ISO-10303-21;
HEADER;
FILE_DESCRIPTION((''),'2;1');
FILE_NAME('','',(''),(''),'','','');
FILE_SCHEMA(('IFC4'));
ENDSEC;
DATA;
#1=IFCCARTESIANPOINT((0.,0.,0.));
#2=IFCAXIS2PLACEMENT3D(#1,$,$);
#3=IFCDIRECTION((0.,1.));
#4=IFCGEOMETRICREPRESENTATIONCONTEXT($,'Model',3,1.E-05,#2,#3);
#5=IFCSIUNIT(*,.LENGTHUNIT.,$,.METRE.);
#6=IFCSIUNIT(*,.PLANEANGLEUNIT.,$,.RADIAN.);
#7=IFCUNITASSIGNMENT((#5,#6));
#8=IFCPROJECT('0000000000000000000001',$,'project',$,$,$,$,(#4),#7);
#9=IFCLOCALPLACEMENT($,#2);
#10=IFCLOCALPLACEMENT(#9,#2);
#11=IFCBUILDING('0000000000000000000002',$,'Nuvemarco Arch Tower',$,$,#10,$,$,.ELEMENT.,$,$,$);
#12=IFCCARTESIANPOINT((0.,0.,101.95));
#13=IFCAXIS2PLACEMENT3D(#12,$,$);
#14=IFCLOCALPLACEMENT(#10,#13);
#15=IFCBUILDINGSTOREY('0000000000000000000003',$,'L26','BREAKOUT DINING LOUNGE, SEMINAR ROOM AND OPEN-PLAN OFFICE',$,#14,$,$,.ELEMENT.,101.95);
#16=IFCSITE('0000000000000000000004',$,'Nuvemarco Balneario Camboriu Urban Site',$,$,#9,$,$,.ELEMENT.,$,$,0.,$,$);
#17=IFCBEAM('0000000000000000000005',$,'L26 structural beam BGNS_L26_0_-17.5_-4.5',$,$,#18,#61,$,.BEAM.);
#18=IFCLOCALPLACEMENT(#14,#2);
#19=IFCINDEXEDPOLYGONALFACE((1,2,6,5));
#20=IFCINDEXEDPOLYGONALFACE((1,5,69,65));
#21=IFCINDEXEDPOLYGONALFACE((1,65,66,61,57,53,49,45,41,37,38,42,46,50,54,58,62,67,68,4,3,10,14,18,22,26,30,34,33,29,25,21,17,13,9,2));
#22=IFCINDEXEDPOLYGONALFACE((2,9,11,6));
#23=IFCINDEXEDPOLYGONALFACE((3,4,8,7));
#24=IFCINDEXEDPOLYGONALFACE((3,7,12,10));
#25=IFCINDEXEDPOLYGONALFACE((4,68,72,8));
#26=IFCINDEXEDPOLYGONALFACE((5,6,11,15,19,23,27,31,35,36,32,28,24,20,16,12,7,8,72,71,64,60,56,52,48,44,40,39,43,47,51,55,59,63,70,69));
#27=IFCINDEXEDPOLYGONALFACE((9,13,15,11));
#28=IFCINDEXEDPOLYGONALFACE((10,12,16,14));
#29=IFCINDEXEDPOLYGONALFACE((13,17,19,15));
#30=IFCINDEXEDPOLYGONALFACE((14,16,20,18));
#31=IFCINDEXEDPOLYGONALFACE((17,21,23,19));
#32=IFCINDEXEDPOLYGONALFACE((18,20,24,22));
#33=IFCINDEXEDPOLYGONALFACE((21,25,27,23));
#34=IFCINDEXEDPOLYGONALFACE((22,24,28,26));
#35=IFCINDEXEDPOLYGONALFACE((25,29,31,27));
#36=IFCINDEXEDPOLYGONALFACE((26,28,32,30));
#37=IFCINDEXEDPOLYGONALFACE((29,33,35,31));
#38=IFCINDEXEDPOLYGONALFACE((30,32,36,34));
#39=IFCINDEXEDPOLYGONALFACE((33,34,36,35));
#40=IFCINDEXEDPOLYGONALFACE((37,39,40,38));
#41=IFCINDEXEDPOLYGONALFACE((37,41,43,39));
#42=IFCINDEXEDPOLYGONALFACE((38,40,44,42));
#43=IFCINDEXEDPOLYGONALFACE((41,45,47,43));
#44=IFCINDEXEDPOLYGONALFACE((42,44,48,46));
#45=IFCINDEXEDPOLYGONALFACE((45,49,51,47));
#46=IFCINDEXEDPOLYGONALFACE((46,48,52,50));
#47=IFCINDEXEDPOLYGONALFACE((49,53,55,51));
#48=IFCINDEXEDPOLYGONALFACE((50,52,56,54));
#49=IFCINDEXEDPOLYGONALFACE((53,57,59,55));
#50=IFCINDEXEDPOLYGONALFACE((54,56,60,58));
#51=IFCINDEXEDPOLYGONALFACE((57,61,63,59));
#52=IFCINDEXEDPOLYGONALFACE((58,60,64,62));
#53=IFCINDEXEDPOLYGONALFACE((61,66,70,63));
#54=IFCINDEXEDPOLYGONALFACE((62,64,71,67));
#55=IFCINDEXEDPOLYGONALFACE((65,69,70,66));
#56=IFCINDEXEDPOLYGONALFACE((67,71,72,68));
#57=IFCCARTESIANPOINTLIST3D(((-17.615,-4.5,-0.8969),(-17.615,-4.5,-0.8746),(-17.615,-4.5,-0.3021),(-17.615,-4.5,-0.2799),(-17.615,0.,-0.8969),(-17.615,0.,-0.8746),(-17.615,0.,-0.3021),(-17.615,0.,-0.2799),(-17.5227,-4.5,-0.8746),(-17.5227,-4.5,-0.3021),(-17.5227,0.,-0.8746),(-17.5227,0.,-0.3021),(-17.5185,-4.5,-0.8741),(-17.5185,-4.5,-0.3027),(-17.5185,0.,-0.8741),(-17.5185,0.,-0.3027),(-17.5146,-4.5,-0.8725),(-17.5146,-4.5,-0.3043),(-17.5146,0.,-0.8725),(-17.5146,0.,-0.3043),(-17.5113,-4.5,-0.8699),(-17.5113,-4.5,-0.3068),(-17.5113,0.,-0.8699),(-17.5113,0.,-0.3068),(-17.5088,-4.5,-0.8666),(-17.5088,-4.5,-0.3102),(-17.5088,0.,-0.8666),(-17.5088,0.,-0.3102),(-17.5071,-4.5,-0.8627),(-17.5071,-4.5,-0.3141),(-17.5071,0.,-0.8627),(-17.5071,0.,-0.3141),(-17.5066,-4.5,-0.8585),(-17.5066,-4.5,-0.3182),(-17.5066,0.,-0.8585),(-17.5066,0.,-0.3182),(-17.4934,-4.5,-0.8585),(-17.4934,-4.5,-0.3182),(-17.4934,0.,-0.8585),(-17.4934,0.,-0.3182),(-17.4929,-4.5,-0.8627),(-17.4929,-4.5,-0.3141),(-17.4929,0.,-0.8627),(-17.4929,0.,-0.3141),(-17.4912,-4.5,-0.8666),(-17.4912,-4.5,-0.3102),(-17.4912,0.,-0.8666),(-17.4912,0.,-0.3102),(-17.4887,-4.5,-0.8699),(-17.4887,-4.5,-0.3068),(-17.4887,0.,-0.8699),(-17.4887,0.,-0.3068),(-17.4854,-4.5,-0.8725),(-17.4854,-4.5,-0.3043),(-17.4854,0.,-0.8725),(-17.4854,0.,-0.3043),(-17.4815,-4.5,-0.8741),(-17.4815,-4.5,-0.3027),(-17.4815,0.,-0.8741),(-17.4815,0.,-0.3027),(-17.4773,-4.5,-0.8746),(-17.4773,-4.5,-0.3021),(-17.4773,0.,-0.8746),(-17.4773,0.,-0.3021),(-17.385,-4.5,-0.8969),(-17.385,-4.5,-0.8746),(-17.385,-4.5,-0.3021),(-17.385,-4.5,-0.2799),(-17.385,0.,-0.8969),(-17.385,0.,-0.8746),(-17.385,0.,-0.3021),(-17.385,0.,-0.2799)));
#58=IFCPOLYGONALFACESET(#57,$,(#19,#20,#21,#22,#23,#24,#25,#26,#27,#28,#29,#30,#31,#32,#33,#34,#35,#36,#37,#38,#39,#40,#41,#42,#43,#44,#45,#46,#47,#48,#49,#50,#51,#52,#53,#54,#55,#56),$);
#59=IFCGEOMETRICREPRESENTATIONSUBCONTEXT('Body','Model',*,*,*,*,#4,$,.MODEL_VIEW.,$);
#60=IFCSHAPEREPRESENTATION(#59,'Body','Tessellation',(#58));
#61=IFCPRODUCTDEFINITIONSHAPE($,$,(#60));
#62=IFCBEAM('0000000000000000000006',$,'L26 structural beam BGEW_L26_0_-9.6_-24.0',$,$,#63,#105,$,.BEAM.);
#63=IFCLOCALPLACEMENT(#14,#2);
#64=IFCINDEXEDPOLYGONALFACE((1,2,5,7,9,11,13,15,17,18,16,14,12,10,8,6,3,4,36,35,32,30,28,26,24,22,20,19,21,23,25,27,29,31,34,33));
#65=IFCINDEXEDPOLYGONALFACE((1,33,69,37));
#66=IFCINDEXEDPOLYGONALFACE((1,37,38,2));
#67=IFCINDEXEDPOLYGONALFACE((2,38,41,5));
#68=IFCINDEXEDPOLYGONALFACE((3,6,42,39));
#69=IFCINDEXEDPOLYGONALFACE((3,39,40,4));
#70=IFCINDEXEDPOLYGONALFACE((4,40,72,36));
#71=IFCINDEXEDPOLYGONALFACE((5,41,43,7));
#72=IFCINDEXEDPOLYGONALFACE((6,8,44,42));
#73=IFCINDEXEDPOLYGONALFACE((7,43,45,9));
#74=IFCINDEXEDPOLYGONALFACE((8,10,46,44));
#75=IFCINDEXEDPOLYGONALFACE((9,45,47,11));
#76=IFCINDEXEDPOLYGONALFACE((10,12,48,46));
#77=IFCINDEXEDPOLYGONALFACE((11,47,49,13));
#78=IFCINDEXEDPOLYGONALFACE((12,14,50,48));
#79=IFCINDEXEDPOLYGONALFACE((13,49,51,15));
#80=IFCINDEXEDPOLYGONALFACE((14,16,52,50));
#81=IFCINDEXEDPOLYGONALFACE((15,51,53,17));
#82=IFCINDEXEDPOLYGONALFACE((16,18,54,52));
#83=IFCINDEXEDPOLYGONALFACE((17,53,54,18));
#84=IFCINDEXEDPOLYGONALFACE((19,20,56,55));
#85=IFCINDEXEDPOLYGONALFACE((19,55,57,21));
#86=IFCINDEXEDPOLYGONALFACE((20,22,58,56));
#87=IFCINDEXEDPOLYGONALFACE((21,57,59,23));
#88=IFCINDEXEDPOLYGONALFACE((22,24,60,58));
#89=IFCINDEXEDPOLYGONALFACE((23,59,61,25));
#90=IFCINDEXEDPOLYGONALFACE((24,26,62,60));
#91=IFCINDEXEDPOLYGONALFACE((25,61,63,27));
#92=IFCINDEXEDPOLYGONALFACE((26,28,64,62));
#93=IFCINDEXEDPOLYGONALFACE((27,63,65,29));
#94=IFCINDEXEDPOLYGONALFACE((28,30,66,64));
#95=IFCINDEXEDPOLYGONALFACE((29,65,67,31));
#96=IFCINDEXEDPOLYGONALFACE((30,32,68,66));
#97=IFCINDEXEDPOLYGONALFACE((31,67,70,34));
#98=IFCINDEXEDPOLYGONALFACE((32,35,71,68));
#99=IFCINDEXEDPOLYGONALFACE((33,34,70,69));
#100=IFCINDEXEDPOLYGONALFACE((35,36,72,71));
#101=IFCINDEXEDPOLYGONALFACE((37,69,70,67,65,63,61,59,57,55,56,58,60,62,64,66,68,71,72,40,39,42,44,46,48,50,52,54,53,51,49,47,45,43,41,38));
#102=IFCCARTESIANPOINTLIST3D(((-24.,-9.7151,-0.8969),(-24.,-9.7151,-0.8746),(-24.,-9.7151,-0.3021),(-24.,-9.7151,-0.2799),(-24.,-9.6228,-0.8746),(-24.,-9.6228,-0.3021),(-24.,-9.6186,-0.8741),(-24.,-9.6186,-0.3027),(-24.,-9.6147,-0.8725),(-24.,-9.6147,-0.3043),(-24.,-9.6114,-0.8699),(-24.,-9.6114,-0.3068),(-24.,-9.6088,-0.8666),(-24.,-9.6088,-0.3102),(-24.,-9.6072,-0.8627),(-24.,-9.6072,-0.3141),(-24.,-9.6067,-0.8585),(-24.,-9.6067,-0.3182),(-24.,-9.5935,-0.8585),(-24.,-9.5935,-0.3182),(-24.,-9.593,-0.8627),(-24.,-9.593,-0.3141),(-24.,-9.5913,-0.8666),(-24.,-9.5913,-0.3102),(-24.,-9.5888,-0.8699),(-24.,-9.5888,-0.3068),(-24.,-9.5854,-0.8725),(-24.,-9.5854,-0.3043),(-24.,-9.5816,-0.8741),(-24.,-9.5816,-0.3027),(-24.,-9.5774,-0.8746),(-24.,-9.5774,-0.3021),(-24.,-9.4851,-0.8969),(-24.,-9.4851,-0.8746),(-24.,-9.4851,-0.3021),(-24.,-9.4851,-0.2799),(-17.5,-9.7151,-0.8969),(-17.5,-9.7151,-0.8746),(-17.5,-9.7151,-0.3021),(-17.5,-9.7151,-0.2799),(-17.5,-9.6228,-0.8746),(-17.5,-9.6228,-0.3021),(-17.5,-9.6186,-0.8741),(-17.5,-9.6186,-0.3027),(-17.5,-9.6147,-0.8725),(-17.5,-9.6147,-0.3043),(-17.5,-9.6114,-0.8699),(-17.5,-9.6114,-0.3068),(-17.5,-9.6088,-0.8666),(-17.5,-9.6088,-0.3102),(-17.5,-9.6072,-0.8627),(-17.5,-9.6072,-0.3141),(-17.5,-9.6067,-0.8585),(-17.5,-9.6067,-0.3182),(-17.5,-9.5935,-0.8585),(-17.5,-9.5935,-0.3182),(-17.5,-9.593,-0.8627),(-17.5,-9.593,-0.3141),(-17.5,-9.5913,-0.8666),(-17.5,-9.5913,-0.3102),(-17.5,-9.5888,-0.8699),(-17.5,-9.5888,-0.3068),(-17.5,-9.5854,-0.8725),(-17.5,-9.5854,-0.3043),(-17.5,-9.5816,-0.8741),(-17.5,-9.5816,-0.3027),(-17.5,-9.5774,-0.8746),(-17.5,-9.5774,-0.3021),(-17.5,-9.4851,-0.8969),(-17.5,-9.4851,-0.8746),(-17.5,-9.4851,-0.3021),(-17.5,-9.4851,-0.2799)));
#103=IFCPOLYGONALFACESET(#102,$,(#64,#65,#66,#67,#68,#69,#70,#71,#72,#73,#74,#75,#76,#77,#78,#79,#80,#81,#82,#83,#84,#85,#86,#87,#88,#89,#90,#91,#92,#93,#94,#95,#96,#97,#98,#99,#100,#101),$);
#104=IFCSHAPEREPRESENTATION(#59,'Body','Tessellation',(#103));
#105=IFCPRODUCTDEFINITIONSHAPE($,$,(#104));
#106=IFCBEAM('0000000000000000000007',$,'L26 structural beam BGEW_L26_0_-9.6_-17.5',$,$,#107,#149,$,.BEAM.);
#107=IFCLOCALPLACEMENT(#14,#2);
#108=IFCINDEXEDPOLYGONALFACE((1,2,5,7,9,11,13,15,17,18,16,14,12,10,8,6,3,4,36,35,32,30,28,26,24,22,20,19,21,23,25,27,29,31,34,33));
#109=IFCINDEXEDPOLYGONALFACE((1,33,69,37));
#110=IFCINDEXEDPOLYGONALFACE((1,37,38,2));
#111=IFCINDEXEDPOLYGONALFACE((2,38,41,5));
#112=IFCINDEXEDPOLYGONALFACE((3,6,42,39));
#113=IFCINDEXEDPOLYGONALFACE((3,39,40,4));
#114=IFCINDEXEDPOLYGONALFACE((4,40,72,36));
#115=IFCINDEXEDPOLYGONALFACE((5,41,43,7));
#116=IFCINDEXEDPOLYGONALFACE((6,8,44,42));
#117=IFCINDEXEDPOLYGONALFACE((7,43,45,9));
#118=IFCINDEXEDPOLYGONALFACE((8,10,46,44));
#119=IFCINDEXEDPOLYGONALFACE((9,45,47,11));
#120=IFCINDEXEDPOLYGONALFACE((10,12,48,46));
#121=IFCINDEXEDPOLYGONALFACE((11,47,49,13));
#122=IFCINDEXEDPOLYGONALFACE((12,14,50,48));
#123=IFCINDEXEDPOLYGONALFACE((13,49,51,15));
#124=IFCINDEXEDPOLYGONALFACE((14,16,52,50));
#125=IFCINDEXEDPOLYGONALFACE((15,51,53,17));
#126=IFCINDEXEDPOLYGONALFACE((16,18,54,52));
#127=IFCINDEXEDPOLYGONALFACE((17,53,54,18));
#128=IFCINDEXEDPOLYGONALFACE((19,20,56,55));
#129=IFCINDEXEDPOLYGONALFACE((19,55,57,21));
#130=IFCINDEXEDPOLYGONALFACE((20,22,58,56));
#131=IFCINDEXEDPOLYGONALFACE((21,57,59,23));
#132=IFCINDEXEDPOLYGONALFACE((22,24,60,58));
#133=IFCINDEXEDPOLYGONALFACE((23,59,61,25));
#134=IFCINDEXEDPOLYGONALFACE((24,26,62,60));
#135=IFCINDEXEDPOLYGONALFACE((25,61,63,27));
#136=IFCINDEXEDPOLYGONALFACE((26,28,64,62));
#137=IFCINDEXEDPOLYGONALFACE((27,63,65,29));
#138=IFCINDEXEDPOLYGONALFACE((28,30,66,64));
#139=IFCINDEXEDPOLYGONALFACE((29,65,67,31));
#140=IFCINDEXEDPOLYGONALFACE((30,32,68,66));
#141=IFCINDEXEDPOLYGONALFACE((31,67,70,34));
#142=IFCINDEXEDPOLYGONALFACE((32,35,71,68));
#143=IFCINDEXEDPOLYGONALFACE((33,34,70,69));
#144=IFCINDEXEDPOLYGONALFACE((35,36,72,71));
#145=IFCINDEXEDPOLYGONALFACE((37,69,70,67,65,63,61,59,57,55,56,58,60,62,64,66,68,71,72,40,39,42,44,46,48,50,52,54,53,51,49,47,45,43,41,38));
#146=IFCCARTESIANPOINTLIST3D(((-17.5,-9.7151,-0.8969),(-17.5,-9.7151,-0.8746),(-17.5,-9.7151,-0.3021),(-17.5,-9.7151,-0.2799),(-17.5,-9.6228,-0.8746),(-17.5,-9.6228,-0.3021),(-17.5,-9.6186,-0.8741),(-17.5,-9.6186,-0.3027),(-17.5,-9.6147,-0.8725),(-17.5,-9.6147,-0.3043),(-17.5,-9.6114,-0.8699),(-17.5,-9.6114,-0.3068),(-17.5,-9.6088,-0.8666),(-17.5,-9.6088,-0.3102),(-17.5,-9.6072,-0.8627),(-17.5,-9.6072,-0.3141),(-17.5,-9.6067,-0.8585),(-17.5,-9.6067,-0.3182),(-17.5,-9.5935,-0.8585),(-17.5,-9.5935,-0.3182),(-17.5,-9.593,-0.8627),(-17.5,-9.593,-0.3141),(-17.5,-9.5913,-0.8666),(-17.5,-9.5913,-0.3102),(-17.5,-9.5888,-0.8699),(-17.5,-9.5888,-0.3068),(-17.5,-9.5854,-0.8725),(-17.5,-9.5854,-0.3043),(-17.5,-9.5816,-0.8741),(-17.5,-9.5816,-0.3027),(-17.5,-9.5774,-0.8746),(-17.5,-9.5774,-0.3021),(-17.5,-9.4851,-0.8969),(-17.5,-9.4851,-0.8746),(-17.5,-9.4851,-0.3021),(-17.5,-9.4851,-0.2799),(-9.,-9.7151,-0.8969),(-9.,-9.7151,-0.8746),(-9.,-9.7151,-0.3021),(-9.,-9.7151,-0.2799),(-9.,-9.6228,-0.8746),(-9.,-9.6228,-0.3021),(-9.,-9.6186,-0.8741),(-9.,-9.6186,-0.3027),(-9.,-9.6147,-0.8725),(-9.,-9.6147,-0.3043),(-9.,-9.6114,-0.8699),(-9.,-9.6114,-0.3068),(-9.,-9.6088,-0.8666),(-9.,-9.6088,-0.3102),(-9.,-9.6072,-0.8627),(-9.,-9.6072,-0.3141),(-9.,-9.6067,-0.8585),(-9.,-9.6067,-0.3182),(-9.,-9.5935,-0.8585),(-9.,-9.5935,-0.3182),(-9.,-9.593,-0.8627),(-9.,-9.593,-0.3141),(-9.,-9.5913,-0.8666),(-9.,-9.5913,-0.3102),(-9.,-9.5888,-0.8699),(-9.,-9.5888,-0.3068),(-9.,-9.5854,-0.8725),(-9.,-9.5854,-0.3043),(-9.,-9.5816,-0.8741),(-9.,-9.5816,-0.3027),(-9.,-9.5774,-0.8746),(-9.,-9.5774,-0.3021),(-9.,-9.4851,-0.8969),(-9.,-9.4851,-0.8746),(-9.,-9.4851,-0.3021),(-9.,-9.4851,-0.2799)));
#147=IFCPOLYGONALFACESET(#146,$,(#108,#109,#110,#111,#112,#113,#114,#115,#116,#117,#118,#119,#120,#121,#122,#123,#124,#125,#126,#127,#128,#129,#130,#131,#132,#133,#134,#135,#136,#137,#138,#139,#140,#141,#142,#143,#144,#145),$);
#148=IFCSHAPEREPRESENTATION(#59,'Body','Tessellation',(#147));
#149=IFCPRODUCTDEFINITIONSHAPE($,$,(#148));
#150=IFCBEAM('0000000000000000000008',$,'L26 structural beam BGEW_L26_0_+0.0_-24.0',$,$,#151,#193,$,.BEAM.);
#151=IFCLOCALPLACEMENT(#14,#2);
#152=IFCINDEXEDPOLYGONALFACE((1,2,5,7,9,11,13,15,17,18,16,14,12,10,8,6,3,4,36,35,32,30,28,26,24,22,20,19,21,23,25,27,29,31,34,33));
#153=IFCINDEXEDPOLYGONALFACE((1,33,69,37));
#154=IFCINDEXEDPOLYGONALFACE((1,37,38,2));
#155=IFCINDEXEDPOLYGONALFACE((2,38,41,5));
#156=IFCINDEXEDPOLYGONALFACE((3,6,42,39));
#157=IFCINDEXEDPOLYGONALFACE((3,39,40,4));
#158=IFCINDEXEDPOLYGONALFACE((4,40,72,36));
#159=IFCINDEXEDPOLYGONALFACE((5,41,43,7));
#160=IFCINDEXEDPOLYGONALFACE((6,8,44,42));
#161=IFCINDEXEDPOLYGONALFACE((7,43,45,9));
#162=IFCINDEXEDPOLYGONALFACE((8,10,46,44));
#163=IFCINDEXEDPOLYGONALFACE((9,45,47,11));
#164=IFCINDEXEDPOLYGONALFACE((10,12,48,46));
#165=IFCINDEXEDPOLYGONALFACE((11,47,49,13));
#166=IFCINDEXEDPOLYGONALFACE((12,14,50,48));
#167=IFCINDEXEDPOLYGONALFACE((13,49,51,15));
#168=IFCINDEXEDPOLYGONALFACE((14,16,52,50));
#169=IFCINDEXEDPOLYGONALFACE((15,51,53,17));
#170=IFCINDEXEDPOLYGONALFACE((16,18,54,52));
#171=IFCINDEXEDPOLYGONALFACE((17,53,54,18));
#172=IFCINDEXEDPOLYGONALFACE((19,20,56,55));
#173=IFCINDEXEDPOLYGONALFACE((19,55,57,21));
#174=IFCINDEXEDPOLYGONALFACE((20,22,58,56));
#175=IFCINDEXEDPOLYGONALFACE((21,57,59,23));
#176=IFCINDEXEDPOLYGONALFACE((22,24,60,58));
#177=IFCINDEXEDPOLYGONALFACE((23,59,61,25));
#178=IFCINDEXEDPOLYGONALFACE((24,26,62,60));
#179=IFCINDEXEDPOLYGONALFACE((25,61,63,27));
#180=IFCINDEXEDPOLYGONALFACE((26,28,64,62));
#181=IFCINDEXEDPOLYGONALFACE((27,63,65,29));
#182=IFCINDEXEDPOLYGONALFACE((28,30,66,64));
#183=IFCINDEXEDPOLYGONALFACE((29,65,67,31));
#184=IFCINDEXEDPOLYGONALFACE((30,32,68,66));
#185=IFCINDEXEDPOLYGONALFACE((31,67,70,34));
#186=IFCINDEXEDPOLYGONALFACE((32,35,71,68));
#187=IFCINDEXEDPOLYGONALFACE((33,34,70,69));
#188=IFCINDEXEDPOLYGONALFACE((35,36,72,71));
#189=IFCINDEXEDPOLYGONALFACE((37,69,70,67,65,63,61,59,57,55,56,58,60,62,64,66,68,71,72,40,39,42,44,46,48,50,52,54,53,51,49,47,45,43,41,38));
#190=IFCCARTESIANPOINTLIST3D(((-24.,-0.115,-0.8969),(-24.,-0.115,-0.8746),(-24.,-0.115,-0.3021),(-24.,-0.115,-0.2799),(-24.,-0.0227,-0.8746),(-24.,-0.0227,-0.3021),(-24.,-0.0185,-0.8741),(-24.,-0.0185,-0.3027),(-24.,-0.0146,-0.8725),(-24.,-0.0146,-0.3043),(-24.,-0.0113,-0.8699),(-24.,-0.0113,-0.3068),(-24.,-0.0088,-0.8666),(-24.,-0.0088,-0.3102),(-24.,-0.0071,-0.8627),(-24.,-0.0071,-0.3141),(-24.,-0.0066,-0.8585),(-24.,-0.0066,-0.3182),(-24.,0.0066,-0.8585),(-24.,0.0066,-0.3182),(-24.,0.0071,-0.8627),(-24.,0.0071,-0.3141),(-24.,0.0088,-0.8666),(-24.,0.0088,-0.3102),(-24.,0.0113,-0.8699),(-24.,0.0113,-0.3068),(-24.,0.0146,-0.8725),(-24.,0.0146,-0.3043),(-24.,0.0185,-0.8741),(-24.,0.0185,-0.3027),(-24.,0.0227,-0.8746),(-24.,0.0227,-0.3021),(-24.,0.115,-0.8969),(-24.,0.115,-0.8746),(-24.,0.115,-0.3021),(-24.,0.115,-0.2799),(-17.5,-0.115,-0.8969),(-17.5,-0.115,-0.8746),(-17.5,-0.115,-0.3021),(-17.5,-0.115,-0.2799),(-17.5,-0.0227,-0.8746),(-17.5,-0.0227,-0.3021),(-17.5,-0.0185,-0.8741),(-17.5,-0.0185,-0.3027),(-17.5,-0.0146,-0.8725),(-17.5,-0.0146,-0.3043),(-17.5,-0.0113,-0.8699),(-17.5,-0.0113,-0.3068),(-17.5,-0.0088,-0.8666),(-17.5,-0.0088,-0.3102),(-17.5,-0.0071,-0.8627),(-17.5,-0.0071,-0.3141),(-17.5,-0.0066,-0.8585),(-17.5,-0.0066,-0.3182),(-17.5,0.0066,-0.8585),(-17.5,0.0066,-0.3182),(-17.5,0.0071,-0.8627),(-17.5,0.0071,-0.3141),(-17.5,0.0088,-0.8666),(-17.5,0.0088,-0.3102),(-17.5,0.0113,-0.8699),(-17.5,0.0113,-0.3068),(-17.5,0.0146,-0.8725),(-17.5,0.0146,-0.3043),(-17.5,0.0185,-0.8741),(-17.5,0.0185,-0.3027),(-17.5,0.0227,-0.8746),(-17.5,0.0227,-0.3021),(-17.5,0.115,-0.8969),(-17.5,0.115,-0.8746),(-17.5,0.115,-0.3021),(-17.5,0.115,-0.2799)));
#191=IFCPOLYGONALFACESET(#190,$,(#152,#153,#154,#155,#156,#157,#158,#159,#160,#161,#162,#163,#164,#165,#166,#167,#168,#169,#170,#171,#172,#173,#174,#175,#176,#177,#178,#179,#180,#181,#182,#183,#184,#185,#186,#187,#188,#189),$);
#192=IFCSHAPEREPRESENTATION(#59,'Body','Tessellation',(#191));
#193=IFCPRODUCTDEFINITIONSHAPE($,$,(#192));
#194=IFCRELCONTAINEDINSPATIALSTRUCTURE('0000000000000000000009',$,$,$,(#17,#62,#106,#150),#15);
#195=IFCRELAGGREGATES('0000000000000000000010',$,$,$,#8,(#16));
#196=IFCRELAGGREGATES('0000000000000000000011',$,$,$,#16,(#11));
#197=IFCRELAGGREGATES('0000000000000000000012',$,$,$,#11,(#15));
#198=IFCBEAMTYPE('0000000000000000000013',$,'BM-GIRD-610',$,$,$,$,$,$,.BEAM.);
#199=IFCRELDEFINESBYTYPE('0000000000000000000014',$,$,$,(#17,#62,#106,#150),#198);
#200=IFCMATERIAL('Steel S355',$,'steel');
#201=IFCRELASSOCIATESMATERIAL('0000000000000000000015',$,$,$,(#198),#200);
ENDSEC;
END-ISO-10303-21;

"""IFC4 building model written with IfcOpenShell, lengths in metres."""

from ifc_helpers import new_model, si_unit, direction, frame, origin, origin_2d, place, context, subcontext, project, spatial, i_section, extrude, material, material_profile, profile_set, type_object, element, save


model = new_model("IFC4")

# Units and contexts
model_context = context("Model", 3, precision=1e-05, world=origin(), true_north=direction((0.0, 1.0)))
body_context = subcontext(model_context, "Body", "Model", "MODEL_VIEW")
ifc_project = project(units=[si_unit("LENGTHUNIT", "METRE"), si_unit("PLANEANGLEUNIT", "RADIAN")], contexts=[model_context])

# Site, building, storey
site_placement = place(None, origin())
site = spatial("IfcSite", under=ifc_project, at=site_placement, Name="Nuvemarco Balneario Camboriu Urban Site", CompositionType="ELEMENT", RefElevation=0.0)
building_placement = place(site_placement, origin())
building = spatial("IfcBuilding", under=site, at=building_placement, Name="Nuvemarco Arch Tower", CompositionType="ELEMENT")
storey_placement = place(building_placement, frame((0.0, 0.0, 101.95)))
storey = spatial("IfcBuildingStorey", under=building, at=storey_placement, Name="L26", Description="BREAKOUT DINING LOUNGE, SEMINAR ROOM AND OPEN-PLAN OFFICE", CompositionType="ELEMENT", Elevation=101.95)

# Shared definitions
ifc_material_1 = material(Name="Steel S355", Category="steel")

# Beams
ifc_material_profile_1 = material_profile(ifc_material_1, i_section(OverallWidth=0.23, OverallDepth=0.6169, WebThickness=0.0132, FlangeThickness=0.0222, FilletRadius=0.0161, at=origin_2d()), Name="W610x140")
ifc_profile_set_1 = profile_set([ifc_material_profile_1], Name="Steel S355")
beam_type_1 = type_object("IfcBeamType", Name="BM-GIRD-610", PredefinedType="BEAM", material=ifc_profile_set_1)
beam_1_placement = place(storey_placement, frame((-17.5, -4.5, -0.5884), z_axis=(0.0, 1.0, 0.0), x_axis=(-1.0, 0.0, 0.0)))
element("IfcBeam", 1, at=beam_1_placement, inside=storey, type_object=beam_type_1, Name="L26 structural beam BGNS_L26_0_-17.5_-4.5", PredefinedType="BEAM", context=body_context, shape_type="SweptSolid", body=[
    extrude(i_section(OverallWidth=0.23, OverallDepth=0.6169, WebThickness=0.0132, FlangeThickness=0.0222, FilletRadius=0.0161, at=origin_2d()), origin(), (0.0, 0.0, 1.0), 4.5),
])
beam_2_placement = place(storey_placement, frame((-24.0, -9.6001, -0.5884), z_axis=(1.0, 0.0, 0.0), x_axis=(0.0, 1.0, 0.0)))
element("IfcBeam", 2, at=beam_2_placement, inside=storey, type_object=beam_type_1, Name="L26 structural beam BGEW_L26_0_-9.6_-24.0", PredefinedType="BEAM", context=body_context, shape_type="SweptSolid", body=[
    extrude(i_section(OverallWidth=0.23, OverallDepth=0.6169, WebThickness=0.0132, FlangeThickness=0.0222, FilletRadius=0.0161, at=origin_2d()), origin(), (0.0, 0.0, 1.0), 6.5),
])
beam_3_placement = place(storey_placement, frame((-17.5, -9.6001, -0.5884), z_axis=(1.0, 0.0, 0.0), x_axis=(0.0, 1.0, 0.0)))
element("IfcBeam", 3, at=beam_3_placement, inside=storey, type_object=beam_type_1, Name="L26 structural beam BGEW_L26_0_-9.6_-17.5", PredefinedType="BEAM", context=body_context, shape_type="SweptSolid", body=[
    extrude(i_section(OverallWidth=0.23, OverallDepth=0.6169, WebThickness=0.0132, FlangeThickness=0.0222, FilletRadius=0.0161, at=origin_2d()), origin(), (0.0, 0.0, 1.0), 8.5),
])
beam_4_placement = place(storey_placement, frame((-24.0, 0.0, -0.5884), z_axis=(1.0, 0.0, 0.0), x_axis=(0.0, 1.0, 0.0)))
element("IfcBeam", 4, at=beam_4_placement, inside=storey, type_object=beam_type_1, Name="L26 structural beam BGEW_L26_0_+0.0_-24.0", PredefinedType="BEAM", context=body_context, shape_type="SweptSolid", body=[
    extrude(i_section(OverallWidth=0.23, OverallDepth=0.6169, WebThickness=0.0132, FlangeThickness=0.0222, FilletRadius=0.0161, at=origin_2d()), origin(), (0.0, 0.0, 1.0), 6.5),
])

save(model, "model.ifc")
